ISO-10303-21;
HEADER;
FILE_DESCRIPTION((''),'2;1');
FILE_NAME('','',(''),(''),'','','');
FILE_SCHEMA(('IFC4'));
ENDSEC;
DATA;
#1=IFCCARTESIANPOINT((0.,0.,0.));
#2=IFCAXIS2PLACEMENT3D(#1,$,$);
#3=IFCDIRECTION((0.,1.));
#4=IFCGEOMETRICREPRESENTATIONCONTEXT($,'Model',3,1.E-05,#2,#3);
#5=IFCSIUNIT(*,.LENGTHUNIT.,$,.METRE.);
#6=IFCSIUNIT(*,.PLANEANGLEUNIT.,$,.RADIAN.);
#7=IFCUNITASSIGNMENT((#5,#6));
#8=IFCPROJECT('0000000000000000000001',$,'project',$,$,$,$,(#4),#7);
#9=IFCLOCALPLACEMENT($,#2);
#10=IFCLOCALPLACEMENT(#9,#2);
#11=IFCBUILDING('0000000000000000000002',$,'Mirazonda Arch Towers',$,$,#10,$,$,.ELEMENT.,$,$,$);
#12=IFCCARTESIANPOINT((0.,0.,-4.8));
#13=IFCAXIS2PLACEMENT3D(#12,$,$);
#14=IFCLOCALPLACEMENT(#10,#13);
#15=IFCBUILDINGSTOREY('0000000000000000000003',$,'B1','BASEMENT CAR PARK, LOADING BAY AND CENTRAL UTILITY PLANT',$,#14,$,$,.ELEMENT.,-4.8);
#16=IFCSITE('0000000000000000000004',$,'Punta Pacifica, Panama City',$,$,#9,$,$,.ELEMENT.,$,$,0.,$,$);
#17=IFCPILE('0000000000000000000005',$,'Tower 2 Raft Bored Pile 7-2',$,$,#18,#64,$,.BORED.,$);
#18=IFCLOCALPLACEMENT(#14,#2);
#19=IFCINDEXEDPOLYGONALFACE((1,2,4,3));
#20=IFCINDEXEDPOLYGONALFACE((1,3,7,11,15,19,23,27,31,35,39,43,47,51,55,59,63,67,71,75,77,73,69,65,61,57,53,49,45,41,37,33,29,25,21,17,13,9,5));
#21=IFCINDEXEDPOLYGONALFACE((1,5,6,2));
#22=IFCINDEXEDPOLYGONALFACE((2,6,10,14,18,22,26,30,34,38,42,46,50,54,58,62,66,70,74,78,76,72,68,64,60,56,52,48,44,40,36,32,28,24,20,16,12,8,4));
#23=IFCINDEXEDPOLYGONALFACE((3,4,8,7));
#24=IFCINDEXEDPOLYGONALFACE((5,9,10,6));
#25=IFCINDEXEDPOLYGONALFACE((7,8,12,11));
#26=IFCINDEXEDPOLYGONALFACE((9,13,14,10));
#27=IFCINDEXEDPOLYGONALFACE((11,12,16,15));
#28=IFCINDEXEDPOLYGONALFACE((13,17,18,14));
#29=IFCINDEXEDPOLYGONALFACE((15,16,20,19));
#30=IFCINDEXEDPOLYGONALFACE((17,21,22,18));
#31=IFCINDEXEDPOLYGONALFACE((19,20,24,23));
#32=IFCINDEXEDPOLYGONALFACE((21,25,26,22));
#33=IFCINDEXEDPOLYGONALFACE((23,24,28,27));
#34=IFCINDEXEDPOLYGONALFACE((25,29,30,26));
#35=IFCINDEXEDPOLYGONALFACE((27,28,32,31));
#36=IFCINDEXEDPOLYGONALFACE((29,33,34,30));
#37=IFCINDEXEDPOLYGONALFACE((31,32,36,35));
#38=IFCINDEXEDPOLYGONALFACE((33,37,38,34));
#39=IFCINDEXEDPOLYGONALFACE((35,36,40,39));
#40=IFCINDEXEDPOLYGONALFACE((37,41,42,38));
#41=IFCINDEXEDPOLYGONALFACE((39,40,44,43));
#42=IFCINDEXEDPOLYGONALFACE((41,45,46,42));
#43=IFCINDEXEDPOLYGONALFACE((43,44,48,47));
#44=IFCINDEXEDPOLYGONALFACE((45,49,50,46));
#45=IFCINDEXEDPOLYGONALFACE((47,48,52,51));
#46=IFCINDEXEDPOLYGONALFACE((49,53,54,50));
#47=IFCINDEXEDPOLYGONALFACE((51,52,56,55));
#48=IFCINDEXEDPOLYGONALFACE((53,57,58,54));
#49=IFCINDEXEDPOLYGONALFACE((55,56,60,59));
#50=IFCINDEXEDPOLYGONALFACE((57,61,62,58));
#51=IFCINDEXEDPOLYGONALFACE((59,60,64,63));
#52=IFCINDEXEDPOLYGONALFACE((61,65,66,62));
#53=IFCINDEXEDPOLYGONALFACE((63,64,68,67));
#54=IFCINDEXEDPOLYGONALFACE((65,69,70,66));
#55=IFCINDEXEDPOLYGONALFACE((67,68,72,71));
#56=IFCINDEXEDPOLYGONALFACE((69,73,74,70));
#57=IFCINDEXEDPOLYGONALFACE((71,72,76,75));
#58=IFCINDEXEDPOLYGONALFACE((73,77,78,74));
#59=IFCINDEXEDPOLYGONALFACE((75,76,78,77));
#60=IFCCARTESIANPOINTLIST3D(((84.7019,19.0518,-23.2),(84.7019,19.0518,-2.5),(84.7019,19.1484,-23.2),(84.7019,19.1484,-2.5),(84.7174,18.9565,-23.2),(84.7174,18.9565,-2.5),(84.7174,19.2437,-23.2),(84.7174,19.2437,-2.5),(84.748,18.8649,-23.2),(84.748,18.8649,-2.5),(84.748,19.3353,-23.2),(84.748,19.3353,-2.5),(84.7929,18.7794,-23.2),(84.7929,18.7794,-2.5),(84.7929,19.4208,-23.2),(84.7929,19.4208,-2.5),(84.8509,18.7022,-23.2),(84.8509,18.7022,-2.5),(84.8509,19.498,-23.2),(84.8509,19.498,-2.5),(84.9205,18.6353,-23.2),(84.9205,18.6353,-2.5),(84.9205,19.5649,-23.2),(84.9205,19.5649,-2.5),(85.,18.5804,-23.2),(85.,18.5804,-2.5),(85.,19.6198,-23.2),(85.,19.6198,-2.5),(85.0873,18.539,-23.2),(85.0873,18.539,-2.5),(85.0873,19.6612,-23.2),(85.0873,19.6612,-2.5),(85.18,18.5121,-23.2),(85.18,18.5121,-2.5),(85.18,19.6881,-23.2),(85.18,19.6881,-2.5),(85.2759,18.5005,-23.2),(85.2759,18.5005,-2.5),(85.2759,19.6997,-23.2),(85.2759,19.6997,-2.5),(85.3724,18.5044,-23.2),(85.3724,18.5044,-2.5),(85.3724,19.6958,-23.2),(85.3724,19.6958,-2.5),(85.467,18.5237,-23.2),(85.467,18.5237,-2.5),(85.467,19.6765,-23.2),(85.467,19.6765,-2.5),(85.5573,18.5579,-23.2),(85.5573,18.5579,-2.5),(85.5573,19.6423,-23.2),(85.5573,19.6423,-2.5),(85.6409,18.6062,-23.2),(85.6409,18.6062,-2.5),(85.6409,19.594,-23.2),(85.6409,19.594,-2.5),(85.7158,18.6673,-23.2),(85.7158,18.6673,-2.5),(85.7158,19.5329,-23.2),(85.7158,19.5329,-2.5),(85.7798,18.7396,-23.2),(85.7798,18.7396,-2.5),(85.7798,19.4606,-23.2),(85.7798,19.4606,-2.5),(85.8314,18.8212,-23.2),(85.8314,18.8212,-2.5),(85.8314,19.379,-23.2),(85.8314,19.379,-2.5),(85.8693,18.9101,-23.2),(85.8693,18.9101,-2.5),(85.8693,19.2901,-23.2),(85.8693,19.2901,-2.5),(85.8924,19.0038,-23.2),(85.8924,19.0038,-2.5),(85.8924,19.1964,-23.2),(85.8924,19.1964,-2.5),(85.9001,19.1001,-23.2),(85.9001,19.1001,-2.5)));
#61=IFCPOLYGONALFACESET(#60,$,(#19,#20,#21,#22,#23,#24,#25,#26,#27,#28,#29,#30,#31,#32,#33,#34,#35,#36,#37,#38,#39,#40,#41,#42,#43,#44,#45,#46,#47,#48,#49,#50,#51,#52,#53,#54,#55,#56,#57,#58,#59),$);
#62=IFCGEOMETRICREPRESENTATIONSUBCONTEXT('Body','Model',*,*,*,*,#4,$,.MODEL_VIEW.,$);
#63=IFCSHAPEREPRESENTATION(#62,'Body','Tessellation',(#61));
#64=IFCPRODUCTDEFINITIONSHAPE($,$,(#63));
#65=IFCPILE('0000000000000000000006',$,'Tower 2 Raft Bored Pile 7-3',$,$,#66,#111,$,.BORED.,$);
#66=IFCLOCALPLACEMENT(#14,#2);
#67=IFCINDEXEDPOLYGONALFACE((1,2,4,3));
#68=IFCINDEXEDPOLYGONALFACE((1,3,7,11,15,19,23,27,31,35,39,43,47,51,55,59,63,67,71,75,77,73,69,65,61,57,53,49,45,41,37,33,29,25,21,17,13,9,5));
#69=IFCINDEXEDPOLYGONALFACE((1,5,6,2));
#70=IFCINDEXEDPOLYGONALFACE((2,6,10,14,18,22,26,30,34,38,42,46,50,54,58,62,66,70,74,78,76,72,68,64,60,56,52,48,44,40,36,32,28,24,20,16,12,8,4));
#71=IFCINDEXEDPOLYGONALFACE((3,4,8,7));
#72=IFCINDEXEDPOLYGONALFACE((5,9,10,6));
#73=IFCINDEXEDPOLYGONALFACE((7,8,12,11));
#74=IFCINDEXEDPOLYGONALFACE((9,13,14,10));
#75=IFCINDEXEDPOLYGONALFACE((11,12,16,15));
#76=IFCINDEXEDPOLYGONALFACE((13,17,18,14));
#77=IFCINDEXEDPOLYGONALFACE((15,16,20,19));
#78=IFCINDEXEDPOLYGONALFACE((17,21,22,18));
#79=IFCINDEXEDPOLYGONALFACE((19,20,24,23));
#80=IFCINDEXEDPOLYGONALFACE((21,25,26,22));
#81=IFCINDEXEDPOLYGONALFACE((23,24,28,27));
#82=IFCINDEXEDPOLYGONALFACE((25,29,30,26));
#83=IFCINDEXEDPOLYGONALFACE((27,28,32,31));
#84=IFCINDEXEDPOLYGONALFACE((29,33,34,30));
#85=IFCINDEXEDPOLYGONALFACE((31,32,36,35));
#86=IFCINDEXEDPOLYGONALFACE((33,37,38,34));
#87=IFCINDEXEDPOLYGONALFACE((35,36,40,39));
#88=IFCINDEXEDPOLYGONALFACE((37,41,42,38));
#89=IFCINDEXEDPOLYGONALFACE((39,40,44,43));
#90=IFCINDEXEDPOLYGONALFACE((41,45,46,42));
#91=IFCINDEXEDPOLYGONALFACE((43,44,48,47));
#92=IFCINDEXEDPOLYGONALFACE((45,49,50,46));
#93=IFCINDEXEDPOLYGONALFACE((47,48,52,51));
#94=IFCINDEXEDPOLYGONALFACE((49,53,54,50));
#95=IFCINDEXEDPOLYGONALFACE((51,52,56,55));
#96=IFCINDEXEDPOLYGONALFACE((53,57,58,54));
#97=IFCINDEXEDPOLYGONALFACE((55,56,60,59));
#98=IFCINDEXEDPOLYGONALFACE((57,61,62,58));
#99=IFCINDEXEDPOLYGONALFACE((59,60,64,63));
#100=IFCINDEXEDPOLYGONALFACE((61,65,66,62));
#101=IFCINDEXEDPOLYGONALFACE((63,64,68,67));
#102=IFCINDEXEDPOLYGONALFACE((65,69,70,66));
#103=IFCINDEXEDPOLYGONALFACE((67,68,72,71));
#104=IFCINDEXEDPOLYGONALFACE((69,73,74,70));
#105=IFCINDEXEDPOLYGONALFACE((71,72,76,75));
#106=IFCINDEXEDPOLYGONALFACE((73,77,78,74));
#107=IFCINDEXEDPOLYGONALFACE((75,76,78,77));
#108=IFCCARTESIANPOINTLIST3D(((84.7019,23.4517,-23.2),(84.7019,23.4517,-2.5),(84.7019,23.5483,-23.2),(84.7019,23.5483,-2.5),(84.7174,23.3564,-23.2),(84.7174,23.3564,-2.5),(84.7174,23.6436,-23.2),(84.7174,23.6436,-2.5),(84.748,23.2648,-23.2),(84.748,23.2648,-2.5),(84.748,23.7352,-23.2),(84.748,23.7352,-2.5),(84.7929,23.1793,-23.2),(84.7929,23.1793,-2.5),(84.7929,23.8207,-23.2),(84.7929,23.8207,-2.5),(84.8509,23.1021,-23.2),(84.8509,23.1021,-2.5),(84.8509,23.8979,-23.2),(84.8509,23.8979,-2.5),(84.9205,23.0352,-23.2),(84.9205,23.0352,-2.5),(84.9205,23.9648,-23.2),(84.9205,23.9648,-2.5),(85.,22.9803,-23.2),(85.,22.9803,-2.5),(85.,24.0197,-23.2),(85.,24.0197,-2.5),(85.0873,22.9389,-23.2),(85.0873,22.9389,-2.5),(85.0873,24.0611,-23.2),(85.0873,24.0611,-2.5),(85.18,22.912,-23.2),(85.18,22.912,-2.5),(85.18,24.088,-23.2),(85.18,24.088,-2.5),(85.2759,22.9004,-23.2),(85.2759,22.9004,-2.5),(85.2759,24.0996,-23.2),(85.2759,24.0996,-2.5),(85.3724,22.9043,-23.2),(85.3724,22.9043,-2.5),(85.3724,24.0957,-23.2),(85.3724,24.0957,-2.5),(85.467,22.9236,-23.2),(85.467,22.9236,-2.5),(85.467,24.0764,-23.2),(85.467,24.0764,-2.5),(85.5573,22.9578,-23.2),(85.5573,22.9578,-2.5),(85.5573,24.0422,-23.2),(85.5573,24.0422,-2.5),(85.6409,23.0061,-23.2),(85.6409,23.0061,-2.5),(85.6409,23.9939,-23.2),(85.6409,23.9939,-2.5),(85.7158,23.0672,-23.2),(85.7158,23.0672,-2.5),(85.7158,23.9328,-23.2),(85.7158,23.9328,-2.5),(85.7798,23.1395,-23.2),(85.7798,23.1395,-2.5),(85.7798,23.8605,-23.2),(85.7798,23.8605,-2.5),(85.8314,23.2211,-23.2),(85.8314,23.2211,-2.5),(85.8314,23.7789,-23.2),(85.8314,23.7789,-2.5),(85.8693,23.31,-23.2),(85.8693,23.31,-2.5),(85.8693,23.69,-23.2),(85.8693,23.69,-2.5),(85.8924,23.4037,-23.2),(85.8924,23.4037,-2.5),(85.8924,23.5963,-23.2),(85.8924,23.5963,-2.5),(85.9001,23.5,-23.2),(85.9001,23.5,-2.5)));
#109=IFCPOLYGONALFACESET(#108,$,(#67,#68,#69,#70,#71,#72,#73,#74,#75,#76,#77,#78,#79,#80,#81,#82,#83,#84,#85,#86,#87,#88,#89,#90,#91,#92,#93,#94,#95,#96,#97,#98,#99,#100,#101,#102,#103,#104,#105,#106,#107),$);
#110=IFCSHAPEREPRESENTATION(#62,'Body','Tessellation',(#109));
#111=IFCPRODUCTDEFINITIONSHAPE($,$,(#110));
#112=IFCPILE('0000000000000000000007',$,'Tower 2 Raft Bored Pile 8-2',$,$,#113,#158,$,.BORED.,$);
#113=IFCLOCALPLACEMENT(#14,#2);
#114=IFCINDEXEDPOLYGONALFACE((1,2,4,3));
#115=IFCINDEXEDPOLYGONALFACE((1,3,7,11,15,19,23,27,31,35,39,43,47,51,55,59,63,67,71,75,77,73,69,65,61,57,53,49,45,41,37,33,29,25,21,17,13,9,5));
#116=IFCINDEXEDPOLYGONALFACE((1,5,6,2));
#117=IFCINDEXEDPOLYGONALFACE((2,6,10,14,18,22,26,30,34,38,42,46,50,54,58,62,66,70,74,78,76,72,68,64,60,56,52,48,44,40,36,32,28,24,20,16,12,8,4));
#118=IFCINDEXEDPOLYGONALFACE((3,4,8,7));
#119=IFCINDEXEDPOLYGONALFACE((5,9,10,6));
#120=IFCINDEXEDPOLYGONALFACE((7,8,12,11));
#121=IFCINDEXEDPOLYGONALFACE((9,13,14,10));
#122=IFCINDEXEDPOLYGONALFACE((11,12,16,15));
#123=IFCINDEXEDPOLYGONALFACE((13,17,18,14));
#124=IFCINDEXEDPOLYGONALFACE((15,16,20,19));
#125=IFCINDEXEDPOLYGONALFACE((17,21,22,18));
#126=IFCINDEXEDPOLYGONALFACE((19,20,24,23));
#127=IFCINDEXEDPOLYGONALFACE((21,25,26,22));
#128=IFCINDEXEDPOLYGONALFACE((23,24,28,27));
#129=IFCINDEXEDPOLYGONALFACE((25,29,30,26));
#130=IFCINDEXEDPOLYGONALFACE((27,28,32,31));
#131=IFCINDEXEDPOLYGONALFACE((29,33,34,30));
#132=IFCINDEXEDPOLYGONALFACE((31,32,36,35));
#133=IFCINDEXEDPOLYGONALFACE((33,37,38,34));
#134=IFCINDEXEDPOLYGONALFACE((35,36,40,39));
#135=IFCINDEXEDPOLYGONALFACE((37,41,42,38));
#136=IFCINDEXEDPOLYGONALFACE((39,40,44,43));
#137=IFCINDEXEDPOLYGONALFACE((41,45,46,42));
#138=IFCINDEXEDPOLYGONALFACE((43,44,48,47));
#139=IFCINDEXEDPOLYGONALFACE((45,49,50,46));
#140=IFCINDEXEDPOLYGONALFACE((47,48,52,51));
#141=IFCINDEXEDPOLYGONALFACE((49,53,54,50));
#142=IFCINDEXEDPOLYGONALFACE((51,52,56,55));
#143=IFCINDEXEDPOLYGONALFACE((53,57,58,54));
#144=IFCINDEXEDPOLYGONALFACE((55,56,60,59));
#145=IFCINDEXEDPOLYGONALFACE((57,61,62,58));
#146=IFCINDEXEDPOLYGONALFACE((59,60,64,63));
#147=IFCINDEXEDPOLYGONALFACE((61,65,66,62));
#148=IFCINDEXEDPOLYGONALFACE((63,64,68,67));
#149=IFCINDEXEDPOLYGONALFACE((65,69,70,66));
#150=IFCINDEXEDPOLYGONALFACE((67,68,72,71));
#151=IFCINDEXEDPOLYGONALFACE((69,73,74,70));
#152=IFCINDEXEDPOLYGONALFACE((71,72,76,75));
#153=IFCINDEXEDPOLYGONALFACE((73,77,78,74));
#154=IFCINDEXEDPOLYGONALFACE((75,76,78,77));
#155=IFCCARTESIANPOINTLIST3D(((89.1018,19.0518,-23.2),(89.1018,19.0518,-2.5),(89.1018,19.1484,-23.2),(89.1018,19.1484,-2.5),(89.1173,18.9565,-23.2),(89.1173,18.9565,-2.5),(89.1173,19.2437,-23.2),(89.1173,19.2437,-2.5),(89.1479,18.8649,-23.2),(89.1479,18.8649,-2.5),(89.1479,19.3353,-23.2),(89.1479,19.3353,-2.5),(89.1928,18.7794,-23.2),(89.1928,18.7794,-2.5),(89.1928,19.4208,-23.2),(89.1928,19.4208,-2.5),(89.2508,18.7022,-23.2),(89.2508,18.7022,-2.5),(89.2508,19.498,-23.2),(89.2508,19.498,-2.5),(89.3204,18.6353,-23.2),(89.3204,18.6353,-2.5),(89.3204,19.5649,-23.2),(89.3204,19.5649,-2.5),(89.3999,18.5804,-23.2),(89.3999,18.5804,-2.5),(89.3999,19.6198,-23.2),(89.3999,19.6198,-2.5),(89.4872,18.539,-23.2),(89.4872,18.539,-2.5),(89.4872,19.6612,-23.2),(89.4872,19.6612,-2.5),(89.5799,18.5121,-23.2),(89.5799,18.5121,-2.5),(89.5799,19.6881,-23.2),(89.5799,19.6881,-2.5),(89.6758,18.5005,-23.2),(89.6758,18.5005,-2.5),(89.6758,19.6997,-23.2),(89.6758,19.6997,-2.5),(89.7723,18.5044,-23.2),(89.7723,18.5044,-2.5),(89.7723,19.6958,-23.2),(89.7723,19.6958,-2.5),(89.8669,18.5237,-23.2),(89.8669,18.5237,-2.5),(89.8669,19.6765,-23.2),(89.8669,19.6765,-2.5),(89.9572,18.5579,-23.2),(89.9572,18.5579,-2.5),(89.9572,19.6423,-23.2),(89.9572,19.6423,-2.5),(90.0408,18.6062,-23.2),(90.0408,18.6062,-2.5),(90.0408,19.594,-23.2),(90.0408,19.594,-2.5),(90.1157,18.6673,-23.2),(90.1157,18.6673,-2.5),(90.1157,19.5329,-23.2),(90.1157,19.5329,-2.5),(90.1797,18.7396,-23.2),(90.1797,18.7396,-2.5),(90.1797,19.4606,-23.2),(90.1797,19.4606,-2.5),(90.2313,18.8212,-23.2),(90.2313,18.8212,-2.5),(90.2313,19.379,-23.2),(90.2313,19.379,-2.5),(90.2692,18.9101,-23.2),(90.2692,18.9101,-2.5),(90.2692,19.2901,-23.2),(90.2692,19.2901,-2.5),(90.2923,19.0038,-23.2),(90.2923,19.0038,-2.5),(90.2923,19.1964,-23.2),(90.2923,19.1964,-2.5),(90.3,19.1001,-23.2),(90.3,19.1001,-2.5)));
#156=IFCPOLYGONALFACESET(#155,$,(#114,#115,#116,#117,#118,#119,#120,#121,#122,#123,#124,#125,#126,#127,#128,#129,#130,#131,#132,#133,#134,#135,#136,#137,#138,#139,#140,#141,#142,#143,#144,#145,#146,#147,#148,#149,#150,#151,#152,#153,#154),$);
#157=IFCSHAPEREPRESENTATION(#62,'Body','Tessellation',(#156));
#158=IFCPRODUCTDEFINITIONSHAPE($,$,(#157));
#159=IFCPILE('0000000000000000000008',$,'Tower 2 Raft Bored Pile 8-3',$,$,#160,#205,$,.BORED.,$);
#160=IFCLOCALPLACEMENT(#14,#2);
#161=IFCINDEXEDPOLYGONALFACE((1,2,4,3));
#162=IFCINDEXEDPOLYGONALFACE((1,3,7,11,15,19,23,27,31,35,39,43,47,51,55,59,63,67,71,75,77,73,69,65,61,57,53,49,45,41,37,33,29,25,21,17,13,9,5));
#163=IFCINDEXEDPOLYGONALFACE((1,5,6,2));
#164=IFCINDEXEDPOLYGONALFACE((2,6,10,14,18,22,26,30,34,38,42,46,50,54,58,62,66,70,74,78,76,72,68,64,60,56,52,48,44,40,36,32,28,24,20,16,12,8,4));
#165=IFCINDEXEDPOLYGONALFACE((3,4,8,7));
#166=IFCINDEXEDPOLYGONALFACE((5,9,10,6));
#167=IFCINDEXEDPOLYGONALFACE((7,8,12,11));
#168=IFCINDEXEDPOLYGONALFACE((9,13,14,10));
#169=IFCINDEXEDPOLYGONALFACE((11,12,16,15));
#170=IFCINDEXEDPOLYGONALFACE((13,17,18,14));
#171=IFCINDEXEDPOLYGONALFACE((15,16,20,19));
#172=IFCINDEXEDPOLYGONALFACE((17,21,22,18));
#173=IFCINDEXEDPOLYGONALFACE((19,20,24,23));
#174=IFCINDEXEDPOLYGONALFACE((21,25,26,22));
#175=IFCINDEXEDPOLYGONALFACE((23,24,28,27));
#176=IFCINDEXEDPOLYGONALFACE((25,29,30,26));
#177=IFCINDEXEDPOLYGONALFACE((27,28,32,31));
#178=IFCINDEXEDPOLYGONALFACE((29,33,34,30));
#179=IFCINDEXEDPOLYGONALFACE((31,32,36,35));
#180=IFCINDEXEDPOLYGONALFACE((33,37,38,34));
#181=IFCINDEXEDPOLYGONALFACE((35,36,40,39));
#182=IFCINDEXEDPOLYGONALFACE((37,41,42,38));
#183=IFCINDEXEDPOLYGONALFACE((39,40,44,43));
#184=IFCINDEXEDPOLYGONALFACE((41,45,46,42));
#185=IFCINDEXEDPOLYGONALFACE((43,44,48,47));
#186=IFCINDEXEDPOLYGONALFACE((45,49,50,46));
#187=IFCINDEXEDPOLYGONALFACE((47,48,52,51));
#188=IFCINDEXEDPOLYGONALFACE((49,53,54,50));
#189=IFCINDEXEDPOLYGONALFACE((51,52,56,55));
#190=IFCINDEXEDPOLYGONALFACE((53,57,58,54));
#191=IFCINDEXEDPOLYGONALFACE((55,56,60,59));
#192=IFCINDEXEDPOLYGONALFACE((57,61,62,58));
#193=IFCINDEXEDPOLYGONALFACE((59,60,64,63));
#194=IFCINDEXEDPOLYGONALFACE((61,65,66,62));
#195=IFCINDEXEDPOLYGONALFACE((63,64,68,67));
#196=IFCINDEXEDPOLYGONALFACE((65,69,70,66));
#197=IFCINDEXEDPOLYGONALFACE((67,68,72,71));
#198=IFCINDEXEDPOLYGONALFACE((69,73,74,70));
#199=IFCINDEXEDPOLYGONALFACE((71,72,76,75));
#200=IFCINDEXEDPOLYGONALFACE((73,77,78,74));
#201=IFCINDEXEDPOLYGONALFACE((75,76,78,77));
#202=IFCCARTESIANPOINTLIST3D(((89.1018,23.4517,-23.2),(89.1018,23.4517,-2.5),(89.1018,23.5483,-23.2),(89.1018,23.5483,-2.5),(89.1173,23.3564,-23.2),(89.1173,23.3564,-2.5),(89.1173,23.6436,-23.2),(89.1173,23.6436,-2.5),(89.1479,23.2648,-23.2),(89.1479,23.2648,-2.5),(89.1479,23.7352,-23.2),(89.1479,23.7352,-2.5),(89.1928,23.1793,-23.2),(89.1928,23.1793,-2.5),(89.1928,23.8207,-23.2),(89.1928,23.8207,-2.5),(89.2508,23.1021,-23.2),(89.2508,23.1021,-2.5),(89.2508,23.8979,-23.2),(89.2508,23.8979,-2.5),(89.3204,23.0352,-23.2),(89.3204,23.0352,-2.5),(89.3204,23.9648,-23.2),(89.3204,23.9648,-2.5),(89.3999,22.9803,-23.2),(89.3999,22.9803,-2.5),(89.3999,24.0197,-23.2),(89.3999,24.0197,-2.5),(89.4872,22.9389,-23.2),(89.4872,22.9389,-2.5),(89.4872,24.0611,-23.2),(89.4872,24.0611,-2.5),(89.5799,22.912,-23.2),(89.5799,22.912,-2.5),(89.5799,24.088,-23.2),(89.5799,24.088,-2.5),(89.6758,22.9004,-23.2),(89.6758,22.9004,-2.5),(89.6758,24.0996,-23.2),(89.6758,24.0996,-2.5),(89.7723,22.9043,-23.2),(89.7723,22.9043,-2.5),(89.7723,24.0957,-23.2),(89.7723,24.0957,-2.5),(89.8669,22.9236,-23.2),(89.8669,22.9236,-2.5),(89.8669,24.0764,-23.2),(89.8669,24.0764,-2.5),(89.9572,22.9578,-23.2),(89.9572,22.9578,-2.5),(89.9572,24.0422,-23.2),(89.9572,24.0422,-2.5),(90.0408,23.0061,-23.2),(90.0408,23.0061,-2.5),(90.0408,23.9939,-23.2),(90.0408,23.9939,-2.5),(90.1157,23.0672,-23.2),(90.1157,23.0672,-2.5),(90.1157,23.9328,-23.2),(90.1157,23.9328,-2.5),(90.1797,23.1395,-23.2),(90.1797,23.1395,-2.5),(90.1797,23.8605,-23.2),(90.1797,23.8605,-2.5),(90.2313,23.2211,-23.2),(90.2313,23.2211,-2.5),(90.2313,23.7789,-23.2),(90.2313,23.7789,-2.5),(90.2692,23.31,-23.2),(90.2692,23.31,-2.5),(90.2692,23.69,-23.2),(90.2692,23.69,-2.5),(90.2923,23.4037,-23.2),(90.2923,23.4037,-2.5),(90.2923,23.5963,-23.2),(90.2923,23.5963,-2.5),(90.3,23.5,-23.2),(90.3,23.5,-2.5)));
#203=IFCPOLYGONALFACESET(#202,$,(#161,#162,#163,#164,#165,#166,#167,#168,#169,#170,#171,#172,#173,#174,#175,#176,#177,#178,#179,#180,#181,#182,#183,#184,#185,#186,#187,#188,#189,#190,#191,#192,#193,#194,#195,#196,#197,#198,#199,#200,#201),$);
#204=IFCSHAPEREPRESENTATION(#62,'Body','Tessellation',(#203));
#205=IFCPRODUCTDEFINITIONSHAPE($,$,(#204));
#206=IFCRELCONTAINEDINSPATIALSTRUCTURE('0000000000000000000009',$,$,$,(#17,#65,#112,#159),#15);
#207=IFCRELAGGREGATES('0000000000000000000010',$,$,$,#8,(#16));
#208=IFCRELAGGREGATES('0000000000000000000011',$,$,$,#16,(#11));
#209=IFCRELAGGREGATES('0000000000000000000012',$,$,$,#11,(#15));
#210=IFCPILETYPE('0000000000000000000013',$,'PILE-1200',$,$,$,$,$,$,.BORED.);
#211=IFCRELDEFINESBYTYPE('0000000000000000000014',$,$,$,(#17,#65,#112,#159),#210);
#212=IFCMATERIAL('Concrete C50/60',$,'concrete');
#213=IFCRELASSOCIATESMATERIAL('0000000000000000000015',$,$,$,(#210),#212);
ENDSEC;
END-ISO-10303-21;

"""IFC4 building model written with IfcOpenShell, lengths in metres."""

from ifc_helpers import new_model, si_unit, direction, frame, origin, origin_2d, place, context, subcontext, project, spatial, circle, extrude, material, material_profile, profile_set, type_object, element, save


model = new_model("IFC4")

# Units and contexts
model_context = context("Model", 3, precision=1e-05, world=origin(), true_north=direction((0.0, 1.0)))
body_context = subcontext(model_context, "Body", "Model", "MODEL_VIEW")
ifc_project = project(units=[si_unit("LENGTHUNIT", "METRE"), si_unit("PLANEANGLEUNIT", "RADIAN")], contexts=[model_context])

# Site, building, storey
site_placement = place(None, origin())
site = spatial("IfcSite", under=ifc_project, at=site_placement, Name="Punta Pacifica, Panama City", CompositionType="ELEMENT", RefElevation=0.0)
building_placement = place(site_placement, origin())
building = spatial("IfcBuilding", under=site, at=building_placement, Name="Mirazonda Arch Towers", CompositionType="ELEMENT")
storey_placement = place(building_placement, frame((0.0, 0.0, -4.8)))
storey = spatial("IfcBuildingStorey", under=building, at=storey_placement, Name="B1", Description="BASEMENT CAR PARK, LOADING BAY AND CENTRAL UTILITY PLANT", CompositionType="ELEMENT", Elevation=-4.8)

# Piles
ifc_material_1 = material(Name="Concrete C50/60", Category="concrete")
ifc_material_profile_1 = material_profile(ifc_material_1, circle(Radius=0.6001, at=origin_2d()), Name="BORED-D1200")
ifc_profile_set_1 = profile_set([ifc_material_profile_1], Name="Concrete C50/60")
pile_type_1 = type_object("IfcPileType", Name="PILE-1200", PredefinedType="BORED", material=ifc_profile_set_1)
for number, where, z_axis, x_axis, name in (
    (1, (85.3, 19.1001, -2.5), (0.0, 0.0, -1.0), (1.0, 0.0, 0.0), "Tower 2 Raft Bored Pile 7-2"),
    (2, (85.3, 23.5, -2.5), (0.0, 0.0, -1.0), (1.0, 0.0, 0.0), "Tower 2 Raft Bored Pile 7-3"),
    (3, (89.7, 19.1001, -2.5), (0.0, 0.0, -1.0), (1.0, 0.0, 0.0), "Tower 2 Raft Bored Pile 8-2"),
    (4, (89.7, 23.5, -2.5), (0.0, 0.0, -1.0), (1.0, 0.0, 0.0), "Tower 2 Raft Bored Pile 8-3"),
):
    element("IfcPile", number, at=place(storey_placement, frame(where, z_axis=z_axis, x_axis=x_axis)), inside=storey, type_object=pile_type_1, Name=name, PredefinedType="BORED", context=body_context, shape_type="SweptSolid", body=[
        extrude(circle(Radius=0.6001, at=origin_2d()), origin(), (0.0, 0.0, 1.0), 20.7),
    ])

save(model, "model.ifc")
